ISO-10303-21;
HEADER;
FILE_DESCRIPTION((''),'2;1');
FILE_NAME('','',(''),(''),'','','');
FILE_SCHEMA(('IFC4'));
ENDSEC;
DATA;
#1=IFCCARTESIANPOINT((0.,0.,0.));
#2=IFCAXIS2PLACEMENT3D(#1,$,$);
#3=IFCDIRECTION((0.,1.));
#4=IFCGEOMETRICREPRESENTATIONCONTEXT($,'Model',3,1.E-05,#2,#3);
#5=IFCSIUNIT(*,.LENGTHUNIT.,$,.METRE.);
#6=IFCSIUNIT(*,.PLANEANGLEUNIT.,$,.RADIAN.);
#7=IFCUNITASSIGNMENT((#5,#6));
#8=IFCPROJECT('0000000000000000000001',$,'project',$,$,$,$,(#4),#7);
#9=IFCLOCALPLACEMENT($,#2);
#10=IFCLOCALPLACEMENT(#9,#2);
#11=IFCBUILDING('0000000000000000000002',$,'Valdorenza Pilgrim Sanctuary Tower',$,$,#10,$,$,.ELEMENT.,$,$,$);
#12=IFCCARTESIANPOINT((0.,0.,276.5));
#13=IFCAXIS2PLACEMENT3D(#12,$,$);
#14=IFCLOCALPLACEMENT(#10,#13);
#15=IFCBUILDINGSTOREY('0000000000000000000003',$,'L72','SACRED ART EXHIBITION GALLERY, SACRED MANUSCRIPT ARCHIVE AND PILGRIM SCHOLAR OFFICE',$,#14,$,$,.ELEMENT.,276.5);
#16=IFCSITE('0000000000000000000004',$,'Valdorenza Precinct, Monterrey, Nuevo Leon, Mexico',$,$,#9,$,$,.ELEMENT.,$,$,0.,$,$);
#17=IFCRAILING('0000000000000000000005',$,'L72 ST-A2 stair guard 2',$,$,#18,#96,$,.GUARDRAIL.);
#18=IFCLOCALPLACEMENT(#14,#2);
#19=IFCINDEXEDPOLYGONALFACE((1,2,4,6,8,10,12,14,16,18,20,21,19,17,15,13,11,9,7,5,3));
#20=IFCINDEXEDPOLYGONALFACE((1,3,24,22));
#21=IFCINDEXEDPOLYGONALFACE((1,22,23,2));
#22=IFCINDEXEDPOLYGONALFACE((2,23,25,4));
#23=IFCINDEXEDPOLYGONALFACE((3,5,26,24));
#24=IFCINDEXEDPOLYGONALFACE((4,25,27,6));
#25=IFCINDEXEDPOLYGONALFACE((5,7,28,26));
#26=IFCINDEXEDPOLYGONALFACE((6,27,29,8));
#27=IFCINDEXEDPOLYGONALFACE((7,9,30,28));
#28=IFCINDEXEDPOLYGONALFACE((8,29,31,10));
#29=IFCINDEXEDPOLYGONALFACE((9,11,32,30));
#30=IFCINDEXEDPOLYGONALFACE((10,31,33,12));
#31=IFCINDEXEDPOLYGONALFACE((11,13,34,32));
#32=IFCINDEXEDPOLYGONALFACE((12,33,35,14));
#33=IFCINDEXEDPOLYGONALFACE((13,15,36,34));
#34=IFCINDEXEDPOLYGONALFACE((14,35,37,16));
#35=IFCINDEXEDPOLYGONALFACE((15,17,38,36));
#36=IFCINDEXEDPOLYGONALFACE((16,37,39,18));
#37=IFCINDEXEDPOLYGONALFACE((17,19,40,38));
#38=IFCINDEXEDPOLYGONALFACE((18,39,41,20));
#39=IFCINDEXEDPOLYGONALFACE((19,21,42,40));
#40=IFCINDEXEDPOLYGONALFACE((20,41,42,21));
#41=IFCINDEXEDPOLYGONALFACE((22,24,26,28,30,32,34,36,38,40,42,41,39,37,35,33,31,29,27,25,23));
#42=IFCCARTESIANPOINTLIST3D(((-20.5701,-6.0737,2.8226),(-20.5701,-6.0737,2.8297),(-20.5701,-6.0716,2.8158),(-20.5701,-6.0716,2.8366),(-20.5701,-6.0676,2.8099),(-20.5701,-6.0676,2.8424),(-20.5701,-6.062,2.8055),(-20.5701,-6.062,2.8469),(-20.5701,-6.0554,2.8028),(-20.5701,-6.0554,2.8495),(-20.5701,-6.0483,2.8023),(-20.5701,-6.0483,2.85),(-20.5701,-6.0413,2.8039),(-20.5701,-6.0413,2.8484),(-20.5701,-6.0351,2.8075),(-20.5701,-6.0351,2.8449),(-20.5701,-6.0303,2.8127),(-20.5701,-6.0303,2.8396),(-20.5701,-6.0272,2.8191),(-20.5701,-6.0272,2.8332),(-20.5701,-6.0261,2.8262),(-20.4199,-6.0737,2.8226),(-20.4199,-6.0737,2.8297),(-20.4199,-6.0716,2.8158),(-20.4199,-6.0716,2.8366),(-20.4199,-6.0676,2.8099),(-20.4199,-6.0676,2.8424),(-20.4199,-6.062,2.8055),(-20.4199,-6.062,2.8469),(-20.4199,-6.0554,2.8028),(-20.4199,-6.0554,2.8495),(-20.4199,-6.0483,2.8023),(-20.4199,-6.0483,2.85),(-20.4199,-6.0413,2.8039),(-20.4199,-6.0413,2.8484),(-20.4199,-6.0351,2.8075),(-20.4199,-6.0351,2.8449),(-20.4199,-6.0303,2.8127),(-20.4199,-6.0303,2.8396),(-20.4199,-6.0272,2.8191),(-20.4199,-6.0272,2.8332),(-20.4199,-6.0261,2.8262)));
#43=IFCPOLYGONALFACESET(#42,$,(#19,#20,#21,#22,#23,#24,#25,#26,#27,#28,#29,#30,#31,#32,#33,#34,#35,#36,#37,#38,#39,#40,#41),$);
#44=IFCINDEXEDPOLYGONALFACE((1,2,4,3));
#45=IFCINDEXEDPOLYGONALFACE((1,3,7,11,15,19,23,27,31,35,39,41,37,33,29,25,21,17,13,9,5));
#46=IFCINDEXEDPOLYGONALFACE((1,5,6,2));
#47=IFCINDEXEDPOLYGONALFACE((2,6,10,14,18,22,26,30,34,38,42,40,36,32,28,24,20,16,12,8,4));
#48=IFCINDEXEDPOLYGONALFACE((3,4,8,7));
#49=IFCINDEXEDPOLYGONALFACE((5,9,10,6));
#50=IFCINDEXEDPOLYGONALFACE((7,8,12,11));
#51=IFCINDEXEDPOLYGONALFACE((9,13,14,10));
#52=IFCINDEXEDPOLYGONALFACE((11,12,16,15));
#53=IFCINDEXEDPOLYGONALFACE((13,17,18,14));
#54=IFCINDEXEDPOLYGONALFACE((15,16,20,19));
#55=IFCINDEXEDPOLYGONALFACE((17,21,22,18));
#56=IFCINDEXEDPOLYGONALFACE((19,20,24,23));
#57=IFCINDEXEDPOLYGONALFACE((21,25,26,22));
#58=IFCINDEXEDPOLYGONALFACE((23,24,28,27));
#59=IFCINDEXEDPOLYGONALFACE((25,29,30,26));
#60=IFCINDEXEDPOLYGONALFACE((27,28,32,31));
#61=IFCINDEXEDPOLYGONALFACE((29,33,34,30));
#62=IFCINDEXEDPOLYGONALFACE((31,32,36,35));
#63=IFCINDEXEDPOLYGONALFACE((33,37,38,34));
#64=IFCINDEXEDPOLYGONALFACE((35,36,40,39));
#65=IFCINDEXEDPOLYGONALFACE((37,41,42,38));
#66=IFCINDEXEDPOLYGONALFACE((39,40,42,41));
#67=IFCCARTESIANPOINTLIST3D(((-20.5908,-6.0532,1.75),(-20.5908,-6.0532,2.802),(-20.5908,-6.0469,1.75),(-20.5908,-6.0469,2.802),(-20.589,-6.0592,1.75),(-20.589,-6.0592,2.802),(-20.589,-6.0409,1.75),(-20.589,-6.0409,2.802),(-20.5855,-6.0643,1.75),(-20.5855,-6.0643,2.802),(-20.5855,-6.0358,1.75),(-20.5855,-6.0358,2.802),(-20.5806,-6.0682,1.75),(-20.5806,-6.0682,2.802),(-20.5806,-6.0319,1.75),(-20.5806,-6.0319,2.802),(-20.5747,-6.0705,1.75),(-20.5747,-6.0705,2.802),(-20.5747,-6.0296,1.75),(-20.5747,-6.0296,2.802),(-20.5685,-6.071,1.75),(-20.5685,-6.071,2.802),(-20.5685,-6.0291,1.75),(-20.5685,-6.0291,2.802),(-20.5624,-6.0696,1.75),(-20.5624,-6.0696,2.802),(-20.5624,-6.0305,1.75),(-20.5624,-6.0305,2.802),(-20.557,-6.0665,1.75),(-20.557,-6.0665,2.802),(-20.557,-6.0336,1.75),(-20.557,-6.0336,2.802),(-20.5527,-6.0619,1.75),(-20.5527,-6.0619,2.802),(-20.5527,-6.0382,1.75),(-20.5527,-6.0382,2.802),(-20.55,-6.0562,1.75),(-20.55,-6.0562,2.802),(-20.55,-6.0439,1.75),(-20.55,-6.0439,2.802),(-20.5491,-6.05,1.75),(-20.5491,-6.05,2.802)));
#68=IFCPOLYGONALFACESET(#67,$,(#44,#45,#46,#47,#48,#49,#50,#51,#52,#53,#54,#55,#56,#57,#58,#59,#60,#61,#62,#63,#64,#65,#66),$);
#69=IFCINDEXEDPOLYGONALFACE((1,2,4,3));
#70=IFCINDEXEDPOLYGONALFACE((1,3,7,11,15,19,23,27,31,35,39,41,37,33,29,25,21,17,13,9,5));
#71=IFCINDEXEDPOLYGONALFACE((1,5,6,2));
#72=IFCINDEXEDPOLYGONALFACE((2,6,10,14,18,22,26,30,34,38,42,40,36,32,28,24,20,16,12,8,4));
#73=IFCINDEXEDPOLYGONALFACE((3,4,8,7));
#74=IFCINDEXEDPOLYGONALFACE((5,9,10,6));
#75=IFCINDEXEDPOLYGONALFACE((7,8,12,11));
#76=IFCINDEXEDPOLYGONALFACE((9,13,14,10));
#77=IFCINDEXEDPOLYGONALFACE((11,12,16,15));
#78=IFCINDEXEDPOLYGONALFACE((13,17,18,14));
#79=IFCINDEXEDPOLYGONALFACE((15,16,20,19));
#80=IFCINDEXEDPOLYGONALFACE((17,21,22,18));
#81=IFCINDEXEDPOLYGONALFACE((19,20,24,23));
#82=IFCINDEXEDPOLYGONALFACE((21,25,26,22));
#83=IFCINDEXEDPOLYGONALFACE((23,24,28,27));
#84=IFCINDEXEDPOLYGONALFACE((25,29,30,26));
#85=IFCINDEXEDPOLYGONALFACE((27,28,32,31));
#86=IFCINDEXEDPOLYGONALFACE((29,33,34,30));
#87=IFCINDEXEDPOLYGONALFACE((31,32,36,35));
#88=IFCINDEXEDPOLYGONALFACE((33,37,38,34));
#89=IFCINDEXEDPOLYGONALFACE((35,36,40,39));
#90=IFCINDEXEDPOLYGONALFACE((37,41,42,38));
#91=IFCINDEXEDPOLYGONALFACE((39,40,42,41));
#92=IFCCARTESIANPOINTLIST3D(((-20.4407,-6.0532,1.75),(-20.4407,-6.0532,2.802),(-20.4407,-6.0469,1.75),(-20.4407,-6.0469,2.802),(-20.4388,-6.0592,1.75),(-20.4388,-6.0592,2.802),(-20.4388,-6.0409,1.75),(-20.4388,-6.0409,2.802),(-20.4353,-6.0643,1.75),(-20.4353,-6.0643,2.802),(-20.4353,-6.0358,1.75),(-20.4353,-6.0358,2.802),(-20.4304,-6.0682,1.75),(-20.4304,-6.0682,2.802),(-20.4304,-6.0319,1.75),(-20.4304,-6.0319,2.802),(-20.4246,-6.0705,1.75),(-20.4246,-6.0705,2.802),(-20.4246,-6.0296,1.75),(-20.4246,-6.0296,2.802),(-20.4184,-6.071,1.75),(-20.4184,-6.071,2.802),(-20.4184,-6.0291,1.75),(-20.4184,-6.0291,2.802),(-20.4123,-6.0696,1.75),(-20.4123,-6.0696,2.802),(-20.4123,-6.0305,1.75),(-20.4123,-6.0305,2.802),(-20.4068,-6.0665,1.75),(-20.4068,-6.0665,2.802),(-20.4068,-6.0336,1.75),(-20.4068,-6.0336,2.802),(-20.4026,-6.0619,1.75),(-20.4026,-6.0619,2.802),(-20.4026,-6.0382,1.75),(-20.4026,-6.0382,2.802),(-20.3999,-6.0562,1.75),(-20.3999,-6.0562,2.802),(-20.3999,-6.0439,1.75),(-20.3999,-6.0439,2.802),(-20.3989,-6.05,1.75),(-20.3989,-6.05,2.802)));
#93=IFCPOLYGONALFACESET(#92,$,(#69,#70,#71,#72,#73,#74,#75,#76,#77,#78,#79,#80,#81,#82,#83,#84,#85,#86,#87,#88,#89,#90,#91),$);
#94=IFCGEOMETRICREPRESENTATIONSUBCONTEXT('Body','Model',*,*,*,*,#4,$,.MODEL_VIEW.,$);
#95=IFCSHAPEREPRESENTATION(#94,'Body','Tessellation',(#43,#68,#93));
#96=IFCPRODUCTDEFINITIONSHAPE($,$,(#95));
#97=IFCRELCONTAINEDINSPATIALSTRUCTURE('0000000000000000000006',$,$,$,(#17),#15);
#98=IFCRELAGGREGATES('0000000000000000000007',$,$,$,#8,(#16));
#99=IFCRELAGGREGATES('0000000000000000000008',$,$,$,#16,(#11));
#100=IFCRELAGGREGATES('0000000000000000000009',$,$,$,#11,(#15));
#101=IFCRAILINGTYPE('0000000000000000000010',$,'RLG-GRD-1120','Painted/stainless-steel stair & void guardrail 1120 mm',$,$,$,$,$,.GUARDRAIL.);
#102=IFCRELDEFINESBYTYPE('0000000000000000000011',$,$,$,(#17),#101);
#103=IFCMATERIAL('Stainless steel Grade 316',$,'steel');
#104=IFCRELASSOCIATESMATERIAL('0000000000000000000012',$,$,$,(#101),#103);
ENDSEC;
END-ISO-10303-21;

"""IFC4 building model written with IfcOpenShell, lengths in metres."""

from ifc_helpers import new_model, si_unit, direction, frame, origin, origin_2d, place, context, subcontext, project, spatial, circle, extrude, material, type_object, element, save


model = new_model("IFC4")

# Units and contexts
model_context = context("Model", 3, precision=1e-05, world=origin(), true_north=direction((0.0, 1.0)))
body_context = subcontext(model_context, "Body", "Model", "MODEL_VIEW")
ifc_project = project(units=[si_unit("LENGTHUNIT", "METRE"), si_unit("PLANEANGLEUNIT", "RADIAN")], contexts=[model_context])

# Site, building, storey
site_placement = place(None, origin())
site = spatial("IfcSite", under=ifc_project, at=site_placement, Name="Valdorenza Precinct, Monterrey, Nuevo Leon, Mexico", CompositionType="ELEMENT", RefElevation=0.0)
building_placement = place(site_placement, origin())
building = spatial("IfcBuilding", under=site, at=building_placement, Name="Valdorenza Pilgrim Sanctuary Tower", CompositionType="ELEMENT")
storey_placement = place(building_placement, frame((0.0, 0.0, 276.5)))
storey = spatial("IfcBuildingStorey", under=building, at=storey_placement, Name="L72", Description="SACRED ART EXHIBITION GALLERY, SACRED MANUSCRIPT ARCHIVE AND PILGRIM SCHOLAR OFFICE", CompositionType="ELEMENT", Elevation=276.5)

# Railing
ifc_material_1 = material(Name="Stainless steel Grade 316", Category="steel")
railing_type_1 = type_object("IfcRailingType", Name="RLG-GRD-1120", Description="Painted/stainless-steel stair & void guardrail 1120 mm", PredefinedType="GUARDRAIL", material=ifc_material_1)
railing_1_placement = place(storey_placement, frame((-20.5701, -6.05, 1.75)))
element("IfcRailing", 1, at=railing_1_placement, inside=storey, type_object=railing_type_1, Name="L72 ST-A2 stair guard 2", PredefinedType="GUARDRAIL", context=body_context, shape_type="SweptSolid", body=[
    extrude(circle(Radius=0.0239, at=origin_2d()), frame((0.0, 0.0, 1.0762), z_axis=(1.0, 0.0, 0.0), x_axis=(0.0, 1.0, 0.0)), (0.0, 0.0, 1.0), 0.1501),
    extrude(circle(Radius=0.021, at=origin_2d()), origin(), (0.0, 0.0, 1.0), 1.052),
    extrude(circle(Radius=0.021, at=origin_2d()), frame((0.1501, 0.0, 0.0)), (0.0, 0.0, 1.0), 1.052),
])

save(model, "model.ifc")
